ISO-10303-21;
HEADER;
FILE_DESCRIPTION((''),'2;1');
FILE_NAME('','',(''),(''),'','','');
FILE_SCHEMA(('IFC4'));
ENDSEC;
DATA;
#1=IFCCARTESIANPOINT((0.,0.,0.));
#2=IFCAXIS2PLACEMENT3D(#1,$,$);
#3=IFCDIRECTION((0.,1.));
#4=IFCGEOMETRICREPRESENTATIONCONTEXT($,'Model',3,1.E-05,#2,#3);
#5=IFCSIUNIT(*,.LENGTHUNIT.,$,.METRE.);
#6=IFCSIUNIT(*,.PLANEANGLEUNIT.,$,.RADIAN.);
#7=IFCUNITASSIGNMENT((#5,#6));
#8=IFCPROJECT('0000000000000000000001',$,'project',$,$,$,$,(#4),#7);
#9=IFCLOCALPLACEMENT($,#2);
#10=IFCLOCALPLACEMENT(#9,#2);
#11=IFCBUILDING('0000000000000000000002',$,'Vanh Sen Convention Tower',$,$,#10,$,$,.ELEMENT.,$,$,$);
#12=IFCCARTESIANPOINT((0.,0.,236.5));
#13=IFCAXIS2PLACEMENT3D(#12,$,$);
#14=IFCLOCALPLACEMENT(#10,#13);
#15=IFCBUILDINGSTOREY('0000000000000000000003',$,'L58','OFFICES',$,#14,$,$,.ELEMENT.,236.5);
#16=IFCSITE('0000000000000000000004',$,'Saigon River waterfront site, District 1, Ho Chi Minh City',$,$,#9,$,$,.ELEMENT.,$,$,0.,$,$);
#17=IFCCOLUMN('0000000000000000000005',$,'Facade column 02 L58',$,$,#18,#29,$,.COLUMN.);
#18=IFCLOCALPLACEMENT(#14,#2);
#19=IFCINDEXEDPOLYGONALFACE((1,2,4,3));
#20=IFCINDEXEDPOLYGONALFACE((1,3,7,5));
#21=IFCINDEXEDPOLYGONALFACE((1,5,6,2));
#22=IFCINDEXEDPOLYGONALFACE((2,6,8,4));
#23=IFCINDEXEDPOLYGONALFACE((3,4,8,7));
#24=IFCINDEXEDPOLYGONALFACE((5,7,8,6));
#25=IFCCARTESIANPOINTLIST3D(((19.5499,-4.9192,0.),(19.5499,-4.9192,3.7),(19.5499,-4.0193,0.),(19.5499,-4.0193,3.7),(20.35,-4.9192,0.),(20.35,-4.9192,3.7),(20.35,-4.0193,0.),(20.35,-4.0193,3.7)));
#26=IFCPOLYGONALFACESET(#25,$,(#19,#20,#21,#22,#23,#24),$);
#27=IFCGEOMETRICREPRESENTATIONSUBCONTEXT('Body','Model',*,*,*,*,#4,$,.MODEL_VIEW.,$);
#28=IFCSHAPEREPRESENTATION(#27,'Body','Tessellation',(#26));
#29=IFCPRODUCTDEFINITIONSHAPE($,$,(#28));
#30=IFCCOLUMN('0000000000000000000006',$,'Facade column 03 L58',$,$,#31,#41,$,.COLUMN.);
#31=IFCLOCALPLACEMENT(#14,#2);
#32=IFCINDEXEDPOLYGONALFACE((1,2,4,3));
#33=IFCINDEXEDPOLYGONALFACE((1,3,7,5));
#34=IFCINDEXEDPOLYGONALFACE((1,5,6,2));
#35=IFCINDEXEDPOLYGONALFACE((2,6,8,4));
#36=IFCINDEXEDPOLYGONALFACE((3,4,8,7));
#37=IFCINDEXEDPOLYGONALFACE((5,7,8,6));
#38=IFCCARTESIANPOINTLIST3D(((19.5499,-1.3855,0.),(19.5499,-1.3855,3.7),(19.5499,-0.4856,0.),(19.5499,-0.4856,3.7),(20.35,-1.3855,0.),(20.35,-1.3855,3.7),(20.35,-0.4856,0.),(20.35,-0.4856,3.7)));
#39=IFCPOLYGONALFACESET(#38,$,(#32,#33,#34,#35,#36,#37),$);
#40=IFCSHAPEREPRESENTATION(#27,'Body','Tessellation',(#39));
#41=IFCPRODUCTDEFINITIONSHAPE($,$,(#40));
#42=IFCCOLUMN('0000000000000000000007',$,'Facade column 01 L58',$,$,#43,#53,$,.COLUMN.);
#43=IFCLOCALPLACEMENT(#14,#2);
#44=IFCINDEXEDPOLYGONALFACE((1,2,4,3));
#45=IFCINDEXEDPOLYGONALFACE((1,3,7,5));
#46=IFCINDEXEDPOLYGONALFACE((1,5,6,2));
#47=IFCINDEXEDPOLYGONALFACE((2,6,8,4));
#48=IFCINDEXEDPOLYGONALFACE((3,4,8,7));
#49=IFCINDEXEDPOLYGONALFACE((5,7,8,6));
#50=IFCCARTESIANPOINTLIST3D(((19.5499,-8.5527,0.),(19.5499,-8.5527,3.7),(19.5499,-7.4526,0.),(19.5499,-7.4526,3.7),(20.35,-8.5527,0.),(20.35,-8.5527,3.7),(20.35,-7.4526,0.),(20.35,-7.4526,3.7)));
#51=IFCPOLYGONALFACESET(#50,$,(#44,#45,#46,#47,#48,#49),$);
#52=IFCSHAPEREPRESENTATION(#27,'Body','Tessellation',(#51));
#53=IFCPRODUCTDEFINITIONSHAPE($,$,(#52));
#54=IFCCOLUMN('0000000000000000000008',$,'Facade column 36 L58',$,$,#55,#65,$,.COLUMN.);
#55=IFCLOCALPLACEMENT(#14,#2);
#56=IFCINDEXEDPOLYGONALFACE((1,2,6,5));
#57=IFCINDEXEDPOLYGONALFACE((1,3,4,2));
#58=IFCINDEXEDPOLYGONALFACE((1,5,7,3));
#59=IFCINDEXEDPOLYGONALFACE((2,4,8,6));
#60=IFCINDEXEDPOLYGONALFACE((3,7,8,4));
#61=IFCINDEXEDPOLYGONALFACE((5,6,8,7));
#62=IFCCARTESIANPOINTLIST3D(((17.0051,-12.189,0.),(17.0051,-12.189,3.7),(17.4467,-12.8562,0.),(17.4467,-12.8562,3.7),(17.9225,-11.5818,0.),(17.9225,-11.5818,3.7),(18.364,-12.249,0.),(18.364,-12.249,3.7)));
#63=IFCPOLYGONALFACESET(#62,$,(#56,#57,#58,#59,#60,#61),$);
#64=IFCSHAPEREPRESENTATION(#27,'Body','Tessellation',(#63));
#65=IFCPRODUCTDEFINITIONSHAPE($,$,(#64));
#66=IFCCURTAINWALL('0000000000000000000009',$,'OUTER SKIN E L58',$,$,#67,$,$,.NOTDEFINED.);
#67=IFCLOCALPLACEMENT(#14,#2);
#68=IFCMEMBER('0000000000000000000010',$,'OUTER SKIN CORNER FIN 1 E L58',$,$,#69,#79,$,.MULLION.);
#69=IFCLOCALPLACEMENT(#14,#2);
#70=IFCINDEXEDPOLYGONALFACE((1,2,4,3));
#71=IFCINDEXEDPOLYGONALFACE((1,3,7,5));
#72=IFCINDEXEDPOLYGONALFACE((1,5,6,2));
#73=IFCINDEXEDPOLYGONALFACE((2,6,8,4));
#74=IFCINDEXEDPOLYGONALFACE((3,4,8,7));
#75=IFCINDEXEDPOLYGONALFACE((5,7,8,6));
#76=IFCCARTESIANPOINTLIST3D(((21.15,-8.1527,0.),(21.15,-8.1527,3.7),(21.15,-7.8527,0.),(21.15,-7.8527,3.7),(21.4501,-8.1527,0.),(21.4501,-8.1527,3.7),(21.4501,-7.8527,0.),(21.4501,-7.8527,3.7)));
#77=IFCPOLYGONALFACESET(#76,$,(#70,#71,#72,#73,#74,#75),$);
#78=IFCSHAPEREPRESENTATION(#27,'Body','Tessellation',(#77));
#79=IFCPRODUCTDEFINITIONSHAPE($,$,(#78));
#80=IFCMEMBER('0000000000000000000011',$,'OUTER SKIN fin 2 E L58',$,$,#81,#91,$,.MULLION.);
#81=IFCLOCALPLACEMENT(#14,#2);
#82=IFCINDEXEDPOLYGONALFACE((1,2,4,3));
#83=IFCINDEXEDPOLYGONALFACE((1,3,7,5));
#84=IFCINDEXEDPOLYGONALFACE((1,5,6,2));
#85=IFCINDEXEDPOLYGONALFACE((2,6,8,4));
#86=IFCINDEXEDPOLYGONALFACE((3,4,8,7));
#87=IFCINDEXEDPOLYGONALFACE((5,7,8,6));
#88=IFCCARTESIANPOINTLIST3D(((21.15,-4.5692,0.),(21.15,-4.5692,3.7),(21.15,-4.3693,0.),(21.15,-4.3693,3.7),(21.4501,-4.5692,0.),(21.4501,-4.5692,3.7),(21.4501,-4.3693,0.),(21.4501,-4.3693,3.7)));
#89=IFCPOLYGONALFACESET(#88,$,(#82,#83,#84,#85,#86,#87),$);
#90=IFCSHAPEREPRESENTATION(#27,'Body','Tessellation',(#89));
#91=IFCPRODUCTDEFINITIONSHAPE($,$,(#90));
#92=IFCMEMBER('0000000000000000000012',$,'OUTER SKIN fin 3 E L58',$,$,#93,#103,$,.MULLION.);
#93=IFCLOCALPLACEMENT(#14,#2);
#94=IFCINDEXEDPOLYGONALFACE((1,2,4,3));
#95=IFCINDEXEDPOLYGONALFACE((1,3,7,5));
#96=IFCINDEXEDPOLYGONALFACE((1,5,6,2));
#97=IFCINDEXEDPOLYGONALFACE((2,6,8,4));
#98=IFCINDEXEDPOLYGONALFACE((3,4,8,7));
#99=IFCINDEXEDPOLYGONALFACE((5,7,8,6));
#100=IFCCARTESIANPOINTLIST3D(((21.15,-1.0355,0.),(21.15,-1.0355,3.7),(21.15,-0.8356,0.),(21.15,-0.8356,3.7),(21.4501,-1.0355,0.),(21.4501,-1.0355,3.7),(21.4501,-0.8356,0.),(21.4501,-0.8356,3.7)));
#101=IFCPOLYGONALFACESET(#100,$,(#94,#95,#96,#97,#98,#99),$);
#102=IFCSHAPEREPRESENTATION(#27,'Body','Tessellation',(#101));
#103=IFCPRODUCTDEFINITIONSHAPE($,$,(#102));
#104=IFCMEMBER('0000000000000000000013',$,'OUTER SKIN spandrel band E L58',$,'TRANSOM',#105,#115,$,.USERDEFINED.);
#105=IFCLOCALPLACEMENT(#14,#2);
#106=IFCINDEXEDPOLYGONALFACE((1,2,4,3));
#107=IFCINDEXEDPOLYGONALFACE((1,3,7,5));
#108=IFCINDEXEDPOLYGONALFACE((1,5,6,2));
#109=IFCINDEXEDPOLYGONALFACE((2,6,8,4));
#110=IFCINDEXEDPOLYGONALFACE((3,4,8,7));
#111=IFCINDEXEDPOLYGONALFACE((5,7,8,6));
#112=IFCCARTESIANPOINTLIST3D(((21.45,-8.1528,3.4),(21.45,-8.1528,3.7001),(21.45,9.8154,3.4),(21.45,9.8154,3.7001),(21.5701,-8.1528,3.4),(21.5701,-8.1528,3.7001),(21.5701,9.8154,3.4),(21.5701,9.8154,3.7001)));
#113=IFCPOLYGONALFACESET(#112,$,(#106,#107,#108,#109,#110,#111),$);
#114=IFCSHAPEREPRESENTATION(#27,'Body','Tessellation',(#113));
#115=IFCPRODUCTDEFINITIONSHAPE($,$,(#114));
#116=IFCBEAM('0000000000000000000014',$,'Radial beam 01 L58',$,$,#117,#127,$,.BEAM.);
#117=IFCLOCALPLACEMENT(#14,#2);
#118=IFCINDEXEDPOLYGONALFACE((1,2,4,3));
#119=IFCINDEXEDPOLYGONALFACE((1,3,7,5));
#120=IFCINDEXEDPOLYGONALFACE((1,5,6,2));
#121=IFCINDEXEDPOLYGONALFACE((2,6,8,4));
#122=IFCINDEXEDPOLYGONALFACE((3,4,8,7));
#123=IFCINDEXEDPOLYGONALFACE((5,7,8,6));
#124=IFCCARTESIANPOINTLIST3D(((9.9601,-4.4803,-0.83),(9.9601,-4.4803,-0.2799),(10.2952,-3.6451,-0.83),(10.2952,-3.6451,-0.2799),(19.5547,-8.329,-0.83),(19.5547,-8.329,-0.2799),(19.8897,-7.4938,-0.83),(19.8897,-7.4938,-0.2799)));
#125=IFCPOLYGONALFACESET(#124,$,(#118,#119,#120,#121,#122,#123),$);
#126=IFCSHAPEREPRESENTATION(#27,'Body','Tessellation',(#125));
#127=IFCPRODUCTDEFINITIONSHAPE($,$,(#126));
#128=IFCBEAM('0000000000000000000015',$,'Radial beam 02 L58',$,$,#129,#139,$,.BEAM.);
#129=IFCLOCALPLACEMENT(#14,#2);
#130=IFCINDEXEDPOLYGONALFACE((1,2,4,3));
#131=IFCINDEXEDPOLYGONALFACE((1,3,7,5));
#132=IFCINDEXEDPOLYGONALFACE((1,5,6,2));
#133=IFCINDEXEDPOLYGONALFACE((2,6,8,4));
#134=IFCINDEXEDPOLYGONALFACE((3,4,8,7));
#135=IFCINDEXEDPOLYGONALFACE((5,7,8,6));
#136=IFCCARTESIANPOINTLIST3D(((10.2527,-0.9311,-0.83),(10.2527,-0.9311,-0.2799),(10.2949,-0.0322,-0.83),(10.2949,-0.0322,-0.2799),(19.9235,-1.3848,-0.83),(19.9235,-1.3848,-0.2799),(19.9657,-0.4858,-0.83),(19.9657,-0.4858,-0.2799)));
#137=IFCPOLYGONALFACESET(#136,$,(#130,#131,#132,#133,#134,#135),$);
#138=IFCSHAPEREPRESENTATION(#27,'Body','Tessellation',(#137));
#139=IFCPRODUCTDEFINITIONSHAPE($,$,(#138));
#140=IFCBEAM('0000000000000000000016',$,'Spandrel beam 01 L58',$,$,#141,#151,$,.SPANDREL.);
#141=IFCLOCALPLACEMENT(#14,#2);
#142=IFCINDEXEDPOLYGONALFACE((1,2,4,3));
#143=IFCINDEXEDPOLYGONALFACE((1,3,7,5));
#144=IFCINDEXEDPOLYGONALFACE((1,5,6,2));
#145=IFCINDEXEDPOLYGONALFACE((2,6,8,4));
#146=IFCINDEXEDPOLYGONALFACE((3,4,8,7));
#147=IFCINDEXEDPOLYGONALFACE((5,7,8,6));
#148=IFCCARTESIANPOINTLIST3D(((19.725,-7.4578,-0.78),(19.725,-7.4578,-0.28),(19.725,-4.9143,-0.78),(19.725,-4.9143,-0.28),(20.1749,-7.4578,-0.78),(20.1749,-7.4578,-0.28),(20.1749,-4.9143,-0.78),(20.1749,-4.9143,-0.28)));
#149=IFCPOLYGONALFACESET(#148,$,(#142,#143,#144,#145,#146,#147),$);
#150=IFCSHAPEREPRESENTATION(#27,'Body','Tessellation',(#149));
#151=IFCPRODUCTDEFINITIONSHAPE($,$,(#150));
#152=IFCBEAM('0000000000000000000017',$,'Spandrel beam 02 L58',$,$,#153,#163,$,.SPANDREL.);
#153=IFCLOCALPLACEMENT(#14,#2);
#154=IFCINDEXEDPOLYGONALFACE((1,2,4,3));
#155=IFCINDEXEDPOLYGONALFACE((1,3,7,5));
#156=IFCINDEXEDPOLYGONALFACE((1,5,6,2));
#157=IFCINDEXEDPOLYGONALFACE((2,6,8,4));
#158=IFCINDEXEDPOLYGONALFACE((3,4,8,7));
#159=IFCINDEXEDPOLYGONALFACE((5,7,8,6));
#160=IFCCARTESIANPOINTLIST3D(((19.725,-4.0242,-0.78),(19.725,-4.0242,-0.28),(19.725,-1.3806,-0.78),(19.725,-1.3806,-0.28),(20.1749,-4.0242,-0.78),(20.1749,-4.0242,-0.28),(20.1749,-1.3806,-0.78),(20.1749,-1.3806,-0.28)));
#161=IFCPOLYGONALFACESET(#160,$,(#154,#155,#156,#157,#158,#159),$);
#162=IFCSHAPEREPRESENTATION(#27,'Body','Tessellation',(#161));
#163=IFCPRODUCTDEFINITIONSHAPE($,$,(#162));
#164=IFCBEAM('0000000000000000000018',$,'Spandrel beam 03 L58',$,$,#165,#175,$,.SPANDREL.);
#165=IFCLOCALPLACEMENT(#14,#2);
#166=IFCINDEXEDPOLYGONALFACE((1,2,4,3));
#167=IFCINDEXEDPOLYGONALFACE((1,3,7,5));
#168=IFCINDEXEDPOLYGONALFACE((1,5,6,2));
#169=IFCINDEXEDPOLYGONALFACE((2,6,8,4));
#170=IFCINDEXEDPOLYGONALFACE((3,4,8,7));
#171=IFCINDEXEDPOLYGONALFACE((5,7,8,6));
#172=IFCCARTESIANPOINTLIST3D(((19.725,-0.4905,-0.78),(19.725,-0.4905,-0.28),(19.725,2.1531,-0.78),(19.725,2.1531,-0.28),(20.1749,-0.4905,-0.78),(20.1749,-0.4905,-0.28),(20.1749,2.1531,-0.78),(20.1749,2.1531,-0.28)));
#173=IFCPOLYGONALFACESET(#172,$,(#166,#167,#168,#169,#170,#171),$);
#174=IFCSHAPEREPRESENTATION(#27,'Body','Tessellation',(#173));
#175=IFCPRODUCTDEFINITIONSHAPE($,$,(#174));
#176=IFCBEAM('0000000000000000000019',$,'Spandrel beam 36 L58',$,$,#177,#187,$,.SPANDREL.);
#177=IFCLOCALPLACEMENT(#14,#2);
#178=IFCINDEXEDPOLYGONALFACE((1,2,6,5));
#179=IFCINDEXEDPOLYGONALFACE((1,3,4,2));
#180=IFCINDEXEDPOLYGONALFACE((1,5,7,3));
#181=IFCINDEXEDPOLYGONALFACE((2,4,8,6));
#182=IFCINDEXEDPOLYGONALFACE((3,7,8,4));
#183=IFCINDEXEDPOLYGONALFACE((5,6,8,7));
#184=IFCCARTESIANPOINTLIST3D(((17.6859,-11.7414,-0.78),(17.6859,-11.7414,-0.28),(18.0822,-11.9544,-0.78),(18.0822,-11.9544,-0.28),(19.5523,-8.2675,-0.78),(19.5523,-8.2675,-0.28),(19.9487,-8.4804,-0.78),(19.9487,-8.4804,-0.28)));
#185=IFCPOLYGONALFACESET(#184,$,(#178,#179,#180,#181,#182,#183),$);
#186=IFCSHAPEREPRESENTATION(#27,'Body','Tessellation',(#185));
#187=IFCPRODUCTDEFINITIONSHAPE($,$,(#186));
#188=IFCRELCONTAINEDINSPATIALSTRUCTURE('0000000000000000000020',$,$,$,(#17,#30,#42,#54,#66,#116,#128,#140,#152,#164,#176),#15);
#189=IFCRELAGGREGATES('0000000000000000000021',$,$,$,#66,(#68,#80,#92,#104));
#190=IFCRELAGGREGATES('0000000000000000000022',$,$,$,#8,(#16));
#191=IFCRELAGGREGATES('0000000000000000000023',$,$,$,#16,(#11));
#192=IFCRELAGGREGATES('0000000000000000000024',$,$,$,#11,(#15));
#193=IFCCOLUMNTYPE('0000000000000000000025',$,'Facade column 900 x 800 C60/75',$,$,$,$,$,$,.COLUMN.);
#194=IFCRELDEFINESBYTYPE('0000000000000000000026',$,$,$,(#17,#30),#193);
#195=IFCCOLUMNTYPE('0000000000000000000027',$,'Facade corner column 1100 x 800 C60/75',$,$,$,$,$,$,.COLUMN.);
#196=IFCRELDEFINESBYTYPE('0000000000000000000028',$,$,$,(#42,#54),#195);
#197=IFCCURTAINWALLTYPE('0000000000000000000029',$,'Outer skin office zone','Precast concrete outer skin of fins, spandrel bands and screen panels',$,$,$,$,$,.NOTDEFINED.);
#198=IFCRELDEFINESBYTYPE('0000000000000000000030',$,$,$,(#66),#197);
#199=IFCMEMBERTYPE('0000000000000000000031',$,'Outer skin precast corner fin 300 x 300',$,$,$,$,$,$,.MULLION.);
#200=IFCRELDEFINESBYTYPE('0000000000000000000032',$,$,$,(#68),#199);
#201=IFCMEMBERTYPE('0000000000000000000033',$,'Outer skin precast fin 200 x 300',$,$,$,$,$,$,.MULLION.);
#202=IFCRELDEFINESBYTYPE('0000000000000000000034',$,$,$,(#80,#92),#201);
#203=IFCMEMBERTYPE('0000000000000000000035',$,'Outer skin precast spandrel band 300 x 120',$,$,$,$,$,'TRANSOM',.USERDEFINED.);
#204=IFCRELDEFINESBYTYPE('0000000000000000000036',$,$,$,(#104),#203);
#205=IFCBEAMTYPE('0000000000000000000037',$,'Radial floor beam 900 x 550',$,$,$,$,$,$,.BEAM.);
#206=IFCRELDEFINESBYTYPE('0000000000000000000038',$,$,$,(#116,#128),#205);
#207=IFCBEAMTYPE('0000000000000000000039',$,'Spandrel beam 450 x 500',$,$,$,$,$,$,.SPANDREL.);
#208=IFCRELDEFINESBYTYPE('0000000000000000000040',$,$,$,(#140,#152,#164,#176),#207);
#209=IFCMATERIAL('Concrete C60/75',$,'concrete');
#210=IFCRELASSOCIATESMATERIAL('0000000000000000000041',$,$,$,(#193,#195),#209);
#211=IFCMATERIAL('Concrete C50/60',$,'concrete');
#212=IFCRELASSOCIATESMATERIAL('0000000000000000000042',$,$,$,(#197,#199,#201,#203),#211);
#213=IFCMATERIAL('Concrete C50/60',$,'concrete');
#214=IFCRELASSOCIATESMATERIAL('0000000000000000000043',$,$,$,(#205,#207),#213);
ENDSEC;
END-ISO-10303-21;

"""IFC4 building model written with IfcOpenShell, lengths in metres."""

from ifc_helpers import new_model, si_unit, direction, frame, origin, origin_2d, place, context, subcontext, project, spatial, rectangle, extrude, material, material_profile, profile_set, type_object, element, aggregate, save


model = new_model("IFC4")

# Units and contexts
model_context = context("Model", 3, precision=1e-05, world=origin(), true_north=direction((0.0, 1.0)))
body_context = subcontext(model_context, "Body", "Model", "MODEL_VIEW")
ifc_project = project(units=[si_unit("LENGTHUNIT", "METRE"), si_unit("PLANEANGLEUNIT", "RADIAN")], contexts=[model_context])

# Site, building, storey
site_placement = place(None, origin())
site = spatial("IfcSite", under=ifc_project, at=site_placement, Name="Saigon River waterfront site, District 1, Ho Chi Minh City", CompositionType="ELEMENT", RefElevation=0.0)
building_placement = place(site_placement, origin())
building = spatial("IfcBuilding", under=site, at=building_placement, Name="Vanh Sen Convention Tower", CompositionType="ELEMENT")
storey_placement = place(building_placement, frame((0.0, 0.0, 236.5)))
storey = spatial("IfcBuildingStorey", under=building, at=storey_placement, Name="L58", Description="OFFICES", CompositionType="ELEMENT", Elevation=236.5)

# Columns
ifc_material_1 = material(Name="Concrete C60/75", Category="concrete")
ifc_material_profile_1 = material_profile(ifc_material_1, rectangle(XDim=0.8999, YDim=0.8, at=origin_2d()), Name="RC 900X800")
ifc_profile_set_1 = profile_set([ifc_material_profile_1], Name="Concrete C60/75")
column_type_1 = type_object("IfcColumnType", Name="Facade column 900 x 800 C60/75", PredefinedType="COLUMN", material=ifc_profile_set_1)
for number, where, z_axis, x_axis, name in (
    (1, (19.95, -4.4692, 0.0), (0.0, 0.0, 1.0), (0.0, 1.0, 0.0), "Facade column 02 L58"),
    (2, (19.95, -0.9355, 0.0), (0.0, 0.0, 1.0), (0.0, 1.0, 0.0), "Facade column 03 L58"),
):
    element("IfcColumn", number, at=place(storey_placement, frame(where, z_axis=z_axis, x_axis=x_axis)), inside=storey, type_object=column_type_1, Name=name, PredefinedType="COLUMN", context=body_context, shape_type="SweptSolid", body=[
        extrude(rectangle(XDim=0.8999, YDim=0.8, at=origin_2d()), origin(), (0.0, 0.0, 1.0), 3.7),
    ])
ifc_material_profile_2 = material_profile(ifc_material_1, rectangle(XDim=1.1001, YDim=0.8, at=origin_2d()), Name="RC 1100X800")
ifc_profile_set_2 = profile_set([ifc_material_profile_2], Name="Concrete C60/75")
column_type_2 = type_object("IfcColumnType", Name="Facade corner column 1100 x 800 C60/75", PredefinedType="COLUMN", material=ifc_profile_set_2)
for number, where, z_axis, x_axis, name in (
    (3, (19.95, -8.0027, 0.0), (0.0, 0.0, 1.0), (0.0, 1.0, 0.0), "Facade column 01 L58"),
    (4, (17.6846, -12.219, 0.0), (0.0, 0.0, 1.0), (0.833886, 0.551937, 0.0), "Facade column 36 L58"),
):
    element("IfcColumn", number, at=place(storey_placement, frame(where, z_axis=z_axis, x_axis=x_axis)), inside=storey, type_object=column_type_2, Name=name, PredefinedType="COLUMN", context=body_context, shape_type="SweptSolid", body=[
        extrude(rectangle(XDim=1.1001, YDim=0.8, at=origin_2d()), origin(), (0.0, 0.0, 1.0), 3.7),
    ])

# Curtain wall, members
ifc_material_2 = material(Name="Concrete C50/60", Category="concrete")
curtain_wall_type = type_object("IfcCurtainWallType", Name="Outer skin office zone", Description="Precast concrete outer skin of fins, spandrel bands and screen panels", PredefinedType="NOTDEFINED", material=ifc_material_2)
curtain_wall_1_placement = place(storey_placement, origin())
curtain_wall_1 = element("IfcCurtainWall", 5, at=curtain_wall_1_placement, inside=storey, type_object=curtain_wall_type, Name="OUTER SKIN E L58", PredefinedType="NOTDEFINED")
ifc_material_profile_3 = material_profile(ifc_material_2, rectangle(XDim=0.3, YDim=0.3, at=origin_2d()), Name="Outer skin precast corner fin 300 x 300")
ifc_profile_set_3 = profile_set([ifc_material_profile_3], Name="Concrete C50/60")
member_type_1 = type_object("IfcMemberType", Name="Outer skin precast corner fin 300 x 300", PredefinedType="MULLION", material=ifc_profile_set_3)
member_1_placement = place(storey_placement, frame((21.3, -8.0027, 0.0), z_axis=(0.0, 0.0, 1.0), x_axis=(0.0, 1.0, 0.0)))
member_1 = element("IfcMember", 6, at=member_1_placement, type_object=member_type_1, Name="OUTER SKIN CORNER FIN 1 E L58", PredefinedType="MULLION", context=body_context, shape_type="SweptSolid", body=[
    extrude(rectangle(XDim=0.3, YDim=0.3, at=origin_2d()), origin(), (0.0, 0.0, 1.0), 3.7),
])
ifc_material_profile_4 = material_profile(ifc_material_2, rectangle(XDim=0.2, YDim=0.3, at=origin_2d()), Name="Outer skin precast fin 200 x 300")
ifc_profile_set_4 = profile_set([ifc_material_profile_4], Name="Concrete C50/60")
member_type_2 = type_object("IfcMemberType", Name="Outer skin precast fin 200 x 300", PredefinedType="MULLION", material=ifc_profile_set_4)
member_2_placement = place(storey_placement, frame((21.3, -4.4692, 0.0), z_axis=(0.0, 0.0, 1.0), x_axis=(0.0, 1.0, 0.0)))
member_2 = element("IfcMember", 7, at=member_2_placement, type_object=member_type_2, Name="OUTER SKIN fin 2 E L58", PredefinedType="MULLION", context=body_context, shape_type="SweptSolid", body=[
    extrude(rectangle(XDim=0.2, YDim=0.3, at=origin_2d()), origin(), (0.0, 0.0, 1.0), 3.7),
])
member_3_placement = place(storey_placement, frame((21.3, -0.9355, 0.0), z_axis=(0.0, 0.0, 1.0), x_axis=(0.0, 1.0, 0.0)))
member_3 = element("IfcMember", 8, at=member_3_placement, type_object=member_type_2, Name="OUTER SKIN fin 3 E L58", PredefinedType="MULLION", context=body_context, shape_type="SweptSolid", body=[
    extrude(rectangle(XDim=0.2, YDim=0.3, at=origin_2d()), origin(), (0.0, 0.0, 1.0), 3.7),
])
ifc_material_profile_5 = material_profile(ifc_material_2, rectangle(XDim=0.1201, YDim=0.3, at=origin_2d()), Name="Outer skin precast spandrel band 300 x 120")
ifc_profile_set_5 = profile_set([ifc_material_profile_5], Name="Concrete C50/60")
member_type_3 = type_object("IfcMemberType", Name="Outer skin precast spandrel band 300 x 120", ElementType="TRANSOM", PredefinedType="USERDEFINED", material=ifc_profile_set_5)
member_4_placement = place(storey_placement, frame((21.51, -8.1528, 3.55), z_axis=(0.0, 1.0, 0.0), x_axis=(-1.0, 0.0, 0.0)))
member_4 = element("IfcMember", 9, at=member_4_placement, type_object=member_type_3, Name="OUTER SKIN spandrel band E L58", ObjectType="TRANSOM", PredefinedType="USERDEFINED", context=body_context, shape_type="SweptSolid", body=[
    extrude(rectangle(XDim=0.1201, YDim=0.3, at=origin_2d()), origin(), (0.0, 0.0, 1.0), 17.9683),
])

# Beams
ifc_material_3 = material(Name="Concrete C50/60", Category="concrete")
ifc_material_profile_6 = material_profile(ifc_material_3, rectangle(XDim=0.8999, YDim=0.55, at=origin_2d()), Name="RC 900X550")
ifc_profile_set_6 = profile_set([ifc_material_profile_6], Name="Concrete C50/60")
beam_type_1 = type_object("IfcBeamType", Name="Radial floor beam 900 x 550", PredefinedType="BEAM", material=ifc_profile_set_6)
beam_1_placement = place(storey_placement, frame((19.7222, -7.9114, -0.5549), z_axis=(-0.928115, 0.372294, 0.0), x_axis=(-0.372294, -0.928115, 0.0)))
element("IfcBeam", 10, at=beam_1_placement, inside=storey, type_object=beam_type_1, Name="Radial beam 01 L58", PredefinedType="BEAM", context=body_context, shape_type="SweptSolid", body=[
    extrude(rectangle(XDim=0.8999, YDim=0.55, at=origin_2d()), origin(), (0.0, 0.0, 1.0), 10.3376),
])
beam_2_placement = place(storey_placement, frame((19.9446, -0.9353, -0.5549), z_axis=(-0.998902, 0.046855, 0.0), x_axis=(-0.046855, -0.998902, 0.0)))
element("IfcBeam", 11, at=beam_2_placement, inside=storey, type_object=beam_type_1, Name="Radial beam 02 L58", PredefinedType="BEAM", context=body_context, shape_type="SweptSolid", body=[
    extrude(rectangle(XDim=0.8999, YDim=0.55, at=origin_2d()), origin(), (0.0, 0.0, 1.0), 9.6814),
])
ifc_material_profile_7 = material_profile(ifc_material_3, rectangle(XDim=0.45, YDim=0.5, at=origin_2d()), Name="RC 450X500")
ifc_profile_set_7 = profile_set([ifc_material_profile_7], Name="Concrete C50/60")
beam_type_2 = type_object("IfcBeamType", Name="Spandrel beam 450 x 500", PredefinedType="SPANDREL", material=ifc_profile_set_7)
beam_3_placement = place(storey_placement, frame((19.95, -7.4578, -0.53), z_axis=(0.0, 1.0, 0.0), x_axis=(-1.0, 0.0, 0.0)))
element("IfcBeam", 12, at=beam_3_placement, inside=storey, type_object=beam_type_2, Name="Spandrel beam 01 L58", PredefinedType="SPANDREL", context=body_context, shape_type="SweptSolid", body=[
    extrude(rectangle(XDim=0.45, YDim=0.5, at=origin_2d()), origin(), (0.0, 0.0, 1.0), 2.5435),
])
for number, where, z_axis, x_axis, name in (
    (13, (19.95, -4.0242, -0.53), (0.0, 1.0, 0.0), (-1.0, 0.0, 0.0), "Spandrel beam 02 L58"),
    (14, (19.95, -0.4905, -0.53), (0.0, 1.0, 0.0), (-1.0, 0.0, 0.0), "Spandrel beam 03 L58"),
):
    element("IfcBeam", number, at=place(storey_placement, frame(where, z_axis=z_axis, x_axis=x_axis)), inside=storey, type_object=beam_type_2, Name=name, PredefinedType="SPANDREL", context=body_context, shape_type="SweptSolid", body=[
        extrude(rectangle(XDim=0.45, YDim=0.5, at=origin_2d()), origin(), (0.0, 0.0, 1.0), 2.6436),
    ])
beam_4_placement = place(storey_placement, frame((17.884, -11.8479, -0.53), z_axis=(0.473295, 0.880904, 0.0), x_axis=(-0.880904, 0.473295, 0.0)))
element("IfcBeam", 15, at=beam_4_placement, inside=storey, type_object=beam_type_2, Name="Spandrel beam 36 L58", PredefinedType="SPANDREL", context=body_context, shape_type="SweptSolid", body=[
    extrude(rectangle(XDim=0.45, YDim=0.5, at=origin_2d()), origin(), (0.0, 0.0, 1.0), 3.9436),
])

aggregate(curtain_wall_1, [member_1, member_2, member_3, member_4])

save(model, "model.ifc")
